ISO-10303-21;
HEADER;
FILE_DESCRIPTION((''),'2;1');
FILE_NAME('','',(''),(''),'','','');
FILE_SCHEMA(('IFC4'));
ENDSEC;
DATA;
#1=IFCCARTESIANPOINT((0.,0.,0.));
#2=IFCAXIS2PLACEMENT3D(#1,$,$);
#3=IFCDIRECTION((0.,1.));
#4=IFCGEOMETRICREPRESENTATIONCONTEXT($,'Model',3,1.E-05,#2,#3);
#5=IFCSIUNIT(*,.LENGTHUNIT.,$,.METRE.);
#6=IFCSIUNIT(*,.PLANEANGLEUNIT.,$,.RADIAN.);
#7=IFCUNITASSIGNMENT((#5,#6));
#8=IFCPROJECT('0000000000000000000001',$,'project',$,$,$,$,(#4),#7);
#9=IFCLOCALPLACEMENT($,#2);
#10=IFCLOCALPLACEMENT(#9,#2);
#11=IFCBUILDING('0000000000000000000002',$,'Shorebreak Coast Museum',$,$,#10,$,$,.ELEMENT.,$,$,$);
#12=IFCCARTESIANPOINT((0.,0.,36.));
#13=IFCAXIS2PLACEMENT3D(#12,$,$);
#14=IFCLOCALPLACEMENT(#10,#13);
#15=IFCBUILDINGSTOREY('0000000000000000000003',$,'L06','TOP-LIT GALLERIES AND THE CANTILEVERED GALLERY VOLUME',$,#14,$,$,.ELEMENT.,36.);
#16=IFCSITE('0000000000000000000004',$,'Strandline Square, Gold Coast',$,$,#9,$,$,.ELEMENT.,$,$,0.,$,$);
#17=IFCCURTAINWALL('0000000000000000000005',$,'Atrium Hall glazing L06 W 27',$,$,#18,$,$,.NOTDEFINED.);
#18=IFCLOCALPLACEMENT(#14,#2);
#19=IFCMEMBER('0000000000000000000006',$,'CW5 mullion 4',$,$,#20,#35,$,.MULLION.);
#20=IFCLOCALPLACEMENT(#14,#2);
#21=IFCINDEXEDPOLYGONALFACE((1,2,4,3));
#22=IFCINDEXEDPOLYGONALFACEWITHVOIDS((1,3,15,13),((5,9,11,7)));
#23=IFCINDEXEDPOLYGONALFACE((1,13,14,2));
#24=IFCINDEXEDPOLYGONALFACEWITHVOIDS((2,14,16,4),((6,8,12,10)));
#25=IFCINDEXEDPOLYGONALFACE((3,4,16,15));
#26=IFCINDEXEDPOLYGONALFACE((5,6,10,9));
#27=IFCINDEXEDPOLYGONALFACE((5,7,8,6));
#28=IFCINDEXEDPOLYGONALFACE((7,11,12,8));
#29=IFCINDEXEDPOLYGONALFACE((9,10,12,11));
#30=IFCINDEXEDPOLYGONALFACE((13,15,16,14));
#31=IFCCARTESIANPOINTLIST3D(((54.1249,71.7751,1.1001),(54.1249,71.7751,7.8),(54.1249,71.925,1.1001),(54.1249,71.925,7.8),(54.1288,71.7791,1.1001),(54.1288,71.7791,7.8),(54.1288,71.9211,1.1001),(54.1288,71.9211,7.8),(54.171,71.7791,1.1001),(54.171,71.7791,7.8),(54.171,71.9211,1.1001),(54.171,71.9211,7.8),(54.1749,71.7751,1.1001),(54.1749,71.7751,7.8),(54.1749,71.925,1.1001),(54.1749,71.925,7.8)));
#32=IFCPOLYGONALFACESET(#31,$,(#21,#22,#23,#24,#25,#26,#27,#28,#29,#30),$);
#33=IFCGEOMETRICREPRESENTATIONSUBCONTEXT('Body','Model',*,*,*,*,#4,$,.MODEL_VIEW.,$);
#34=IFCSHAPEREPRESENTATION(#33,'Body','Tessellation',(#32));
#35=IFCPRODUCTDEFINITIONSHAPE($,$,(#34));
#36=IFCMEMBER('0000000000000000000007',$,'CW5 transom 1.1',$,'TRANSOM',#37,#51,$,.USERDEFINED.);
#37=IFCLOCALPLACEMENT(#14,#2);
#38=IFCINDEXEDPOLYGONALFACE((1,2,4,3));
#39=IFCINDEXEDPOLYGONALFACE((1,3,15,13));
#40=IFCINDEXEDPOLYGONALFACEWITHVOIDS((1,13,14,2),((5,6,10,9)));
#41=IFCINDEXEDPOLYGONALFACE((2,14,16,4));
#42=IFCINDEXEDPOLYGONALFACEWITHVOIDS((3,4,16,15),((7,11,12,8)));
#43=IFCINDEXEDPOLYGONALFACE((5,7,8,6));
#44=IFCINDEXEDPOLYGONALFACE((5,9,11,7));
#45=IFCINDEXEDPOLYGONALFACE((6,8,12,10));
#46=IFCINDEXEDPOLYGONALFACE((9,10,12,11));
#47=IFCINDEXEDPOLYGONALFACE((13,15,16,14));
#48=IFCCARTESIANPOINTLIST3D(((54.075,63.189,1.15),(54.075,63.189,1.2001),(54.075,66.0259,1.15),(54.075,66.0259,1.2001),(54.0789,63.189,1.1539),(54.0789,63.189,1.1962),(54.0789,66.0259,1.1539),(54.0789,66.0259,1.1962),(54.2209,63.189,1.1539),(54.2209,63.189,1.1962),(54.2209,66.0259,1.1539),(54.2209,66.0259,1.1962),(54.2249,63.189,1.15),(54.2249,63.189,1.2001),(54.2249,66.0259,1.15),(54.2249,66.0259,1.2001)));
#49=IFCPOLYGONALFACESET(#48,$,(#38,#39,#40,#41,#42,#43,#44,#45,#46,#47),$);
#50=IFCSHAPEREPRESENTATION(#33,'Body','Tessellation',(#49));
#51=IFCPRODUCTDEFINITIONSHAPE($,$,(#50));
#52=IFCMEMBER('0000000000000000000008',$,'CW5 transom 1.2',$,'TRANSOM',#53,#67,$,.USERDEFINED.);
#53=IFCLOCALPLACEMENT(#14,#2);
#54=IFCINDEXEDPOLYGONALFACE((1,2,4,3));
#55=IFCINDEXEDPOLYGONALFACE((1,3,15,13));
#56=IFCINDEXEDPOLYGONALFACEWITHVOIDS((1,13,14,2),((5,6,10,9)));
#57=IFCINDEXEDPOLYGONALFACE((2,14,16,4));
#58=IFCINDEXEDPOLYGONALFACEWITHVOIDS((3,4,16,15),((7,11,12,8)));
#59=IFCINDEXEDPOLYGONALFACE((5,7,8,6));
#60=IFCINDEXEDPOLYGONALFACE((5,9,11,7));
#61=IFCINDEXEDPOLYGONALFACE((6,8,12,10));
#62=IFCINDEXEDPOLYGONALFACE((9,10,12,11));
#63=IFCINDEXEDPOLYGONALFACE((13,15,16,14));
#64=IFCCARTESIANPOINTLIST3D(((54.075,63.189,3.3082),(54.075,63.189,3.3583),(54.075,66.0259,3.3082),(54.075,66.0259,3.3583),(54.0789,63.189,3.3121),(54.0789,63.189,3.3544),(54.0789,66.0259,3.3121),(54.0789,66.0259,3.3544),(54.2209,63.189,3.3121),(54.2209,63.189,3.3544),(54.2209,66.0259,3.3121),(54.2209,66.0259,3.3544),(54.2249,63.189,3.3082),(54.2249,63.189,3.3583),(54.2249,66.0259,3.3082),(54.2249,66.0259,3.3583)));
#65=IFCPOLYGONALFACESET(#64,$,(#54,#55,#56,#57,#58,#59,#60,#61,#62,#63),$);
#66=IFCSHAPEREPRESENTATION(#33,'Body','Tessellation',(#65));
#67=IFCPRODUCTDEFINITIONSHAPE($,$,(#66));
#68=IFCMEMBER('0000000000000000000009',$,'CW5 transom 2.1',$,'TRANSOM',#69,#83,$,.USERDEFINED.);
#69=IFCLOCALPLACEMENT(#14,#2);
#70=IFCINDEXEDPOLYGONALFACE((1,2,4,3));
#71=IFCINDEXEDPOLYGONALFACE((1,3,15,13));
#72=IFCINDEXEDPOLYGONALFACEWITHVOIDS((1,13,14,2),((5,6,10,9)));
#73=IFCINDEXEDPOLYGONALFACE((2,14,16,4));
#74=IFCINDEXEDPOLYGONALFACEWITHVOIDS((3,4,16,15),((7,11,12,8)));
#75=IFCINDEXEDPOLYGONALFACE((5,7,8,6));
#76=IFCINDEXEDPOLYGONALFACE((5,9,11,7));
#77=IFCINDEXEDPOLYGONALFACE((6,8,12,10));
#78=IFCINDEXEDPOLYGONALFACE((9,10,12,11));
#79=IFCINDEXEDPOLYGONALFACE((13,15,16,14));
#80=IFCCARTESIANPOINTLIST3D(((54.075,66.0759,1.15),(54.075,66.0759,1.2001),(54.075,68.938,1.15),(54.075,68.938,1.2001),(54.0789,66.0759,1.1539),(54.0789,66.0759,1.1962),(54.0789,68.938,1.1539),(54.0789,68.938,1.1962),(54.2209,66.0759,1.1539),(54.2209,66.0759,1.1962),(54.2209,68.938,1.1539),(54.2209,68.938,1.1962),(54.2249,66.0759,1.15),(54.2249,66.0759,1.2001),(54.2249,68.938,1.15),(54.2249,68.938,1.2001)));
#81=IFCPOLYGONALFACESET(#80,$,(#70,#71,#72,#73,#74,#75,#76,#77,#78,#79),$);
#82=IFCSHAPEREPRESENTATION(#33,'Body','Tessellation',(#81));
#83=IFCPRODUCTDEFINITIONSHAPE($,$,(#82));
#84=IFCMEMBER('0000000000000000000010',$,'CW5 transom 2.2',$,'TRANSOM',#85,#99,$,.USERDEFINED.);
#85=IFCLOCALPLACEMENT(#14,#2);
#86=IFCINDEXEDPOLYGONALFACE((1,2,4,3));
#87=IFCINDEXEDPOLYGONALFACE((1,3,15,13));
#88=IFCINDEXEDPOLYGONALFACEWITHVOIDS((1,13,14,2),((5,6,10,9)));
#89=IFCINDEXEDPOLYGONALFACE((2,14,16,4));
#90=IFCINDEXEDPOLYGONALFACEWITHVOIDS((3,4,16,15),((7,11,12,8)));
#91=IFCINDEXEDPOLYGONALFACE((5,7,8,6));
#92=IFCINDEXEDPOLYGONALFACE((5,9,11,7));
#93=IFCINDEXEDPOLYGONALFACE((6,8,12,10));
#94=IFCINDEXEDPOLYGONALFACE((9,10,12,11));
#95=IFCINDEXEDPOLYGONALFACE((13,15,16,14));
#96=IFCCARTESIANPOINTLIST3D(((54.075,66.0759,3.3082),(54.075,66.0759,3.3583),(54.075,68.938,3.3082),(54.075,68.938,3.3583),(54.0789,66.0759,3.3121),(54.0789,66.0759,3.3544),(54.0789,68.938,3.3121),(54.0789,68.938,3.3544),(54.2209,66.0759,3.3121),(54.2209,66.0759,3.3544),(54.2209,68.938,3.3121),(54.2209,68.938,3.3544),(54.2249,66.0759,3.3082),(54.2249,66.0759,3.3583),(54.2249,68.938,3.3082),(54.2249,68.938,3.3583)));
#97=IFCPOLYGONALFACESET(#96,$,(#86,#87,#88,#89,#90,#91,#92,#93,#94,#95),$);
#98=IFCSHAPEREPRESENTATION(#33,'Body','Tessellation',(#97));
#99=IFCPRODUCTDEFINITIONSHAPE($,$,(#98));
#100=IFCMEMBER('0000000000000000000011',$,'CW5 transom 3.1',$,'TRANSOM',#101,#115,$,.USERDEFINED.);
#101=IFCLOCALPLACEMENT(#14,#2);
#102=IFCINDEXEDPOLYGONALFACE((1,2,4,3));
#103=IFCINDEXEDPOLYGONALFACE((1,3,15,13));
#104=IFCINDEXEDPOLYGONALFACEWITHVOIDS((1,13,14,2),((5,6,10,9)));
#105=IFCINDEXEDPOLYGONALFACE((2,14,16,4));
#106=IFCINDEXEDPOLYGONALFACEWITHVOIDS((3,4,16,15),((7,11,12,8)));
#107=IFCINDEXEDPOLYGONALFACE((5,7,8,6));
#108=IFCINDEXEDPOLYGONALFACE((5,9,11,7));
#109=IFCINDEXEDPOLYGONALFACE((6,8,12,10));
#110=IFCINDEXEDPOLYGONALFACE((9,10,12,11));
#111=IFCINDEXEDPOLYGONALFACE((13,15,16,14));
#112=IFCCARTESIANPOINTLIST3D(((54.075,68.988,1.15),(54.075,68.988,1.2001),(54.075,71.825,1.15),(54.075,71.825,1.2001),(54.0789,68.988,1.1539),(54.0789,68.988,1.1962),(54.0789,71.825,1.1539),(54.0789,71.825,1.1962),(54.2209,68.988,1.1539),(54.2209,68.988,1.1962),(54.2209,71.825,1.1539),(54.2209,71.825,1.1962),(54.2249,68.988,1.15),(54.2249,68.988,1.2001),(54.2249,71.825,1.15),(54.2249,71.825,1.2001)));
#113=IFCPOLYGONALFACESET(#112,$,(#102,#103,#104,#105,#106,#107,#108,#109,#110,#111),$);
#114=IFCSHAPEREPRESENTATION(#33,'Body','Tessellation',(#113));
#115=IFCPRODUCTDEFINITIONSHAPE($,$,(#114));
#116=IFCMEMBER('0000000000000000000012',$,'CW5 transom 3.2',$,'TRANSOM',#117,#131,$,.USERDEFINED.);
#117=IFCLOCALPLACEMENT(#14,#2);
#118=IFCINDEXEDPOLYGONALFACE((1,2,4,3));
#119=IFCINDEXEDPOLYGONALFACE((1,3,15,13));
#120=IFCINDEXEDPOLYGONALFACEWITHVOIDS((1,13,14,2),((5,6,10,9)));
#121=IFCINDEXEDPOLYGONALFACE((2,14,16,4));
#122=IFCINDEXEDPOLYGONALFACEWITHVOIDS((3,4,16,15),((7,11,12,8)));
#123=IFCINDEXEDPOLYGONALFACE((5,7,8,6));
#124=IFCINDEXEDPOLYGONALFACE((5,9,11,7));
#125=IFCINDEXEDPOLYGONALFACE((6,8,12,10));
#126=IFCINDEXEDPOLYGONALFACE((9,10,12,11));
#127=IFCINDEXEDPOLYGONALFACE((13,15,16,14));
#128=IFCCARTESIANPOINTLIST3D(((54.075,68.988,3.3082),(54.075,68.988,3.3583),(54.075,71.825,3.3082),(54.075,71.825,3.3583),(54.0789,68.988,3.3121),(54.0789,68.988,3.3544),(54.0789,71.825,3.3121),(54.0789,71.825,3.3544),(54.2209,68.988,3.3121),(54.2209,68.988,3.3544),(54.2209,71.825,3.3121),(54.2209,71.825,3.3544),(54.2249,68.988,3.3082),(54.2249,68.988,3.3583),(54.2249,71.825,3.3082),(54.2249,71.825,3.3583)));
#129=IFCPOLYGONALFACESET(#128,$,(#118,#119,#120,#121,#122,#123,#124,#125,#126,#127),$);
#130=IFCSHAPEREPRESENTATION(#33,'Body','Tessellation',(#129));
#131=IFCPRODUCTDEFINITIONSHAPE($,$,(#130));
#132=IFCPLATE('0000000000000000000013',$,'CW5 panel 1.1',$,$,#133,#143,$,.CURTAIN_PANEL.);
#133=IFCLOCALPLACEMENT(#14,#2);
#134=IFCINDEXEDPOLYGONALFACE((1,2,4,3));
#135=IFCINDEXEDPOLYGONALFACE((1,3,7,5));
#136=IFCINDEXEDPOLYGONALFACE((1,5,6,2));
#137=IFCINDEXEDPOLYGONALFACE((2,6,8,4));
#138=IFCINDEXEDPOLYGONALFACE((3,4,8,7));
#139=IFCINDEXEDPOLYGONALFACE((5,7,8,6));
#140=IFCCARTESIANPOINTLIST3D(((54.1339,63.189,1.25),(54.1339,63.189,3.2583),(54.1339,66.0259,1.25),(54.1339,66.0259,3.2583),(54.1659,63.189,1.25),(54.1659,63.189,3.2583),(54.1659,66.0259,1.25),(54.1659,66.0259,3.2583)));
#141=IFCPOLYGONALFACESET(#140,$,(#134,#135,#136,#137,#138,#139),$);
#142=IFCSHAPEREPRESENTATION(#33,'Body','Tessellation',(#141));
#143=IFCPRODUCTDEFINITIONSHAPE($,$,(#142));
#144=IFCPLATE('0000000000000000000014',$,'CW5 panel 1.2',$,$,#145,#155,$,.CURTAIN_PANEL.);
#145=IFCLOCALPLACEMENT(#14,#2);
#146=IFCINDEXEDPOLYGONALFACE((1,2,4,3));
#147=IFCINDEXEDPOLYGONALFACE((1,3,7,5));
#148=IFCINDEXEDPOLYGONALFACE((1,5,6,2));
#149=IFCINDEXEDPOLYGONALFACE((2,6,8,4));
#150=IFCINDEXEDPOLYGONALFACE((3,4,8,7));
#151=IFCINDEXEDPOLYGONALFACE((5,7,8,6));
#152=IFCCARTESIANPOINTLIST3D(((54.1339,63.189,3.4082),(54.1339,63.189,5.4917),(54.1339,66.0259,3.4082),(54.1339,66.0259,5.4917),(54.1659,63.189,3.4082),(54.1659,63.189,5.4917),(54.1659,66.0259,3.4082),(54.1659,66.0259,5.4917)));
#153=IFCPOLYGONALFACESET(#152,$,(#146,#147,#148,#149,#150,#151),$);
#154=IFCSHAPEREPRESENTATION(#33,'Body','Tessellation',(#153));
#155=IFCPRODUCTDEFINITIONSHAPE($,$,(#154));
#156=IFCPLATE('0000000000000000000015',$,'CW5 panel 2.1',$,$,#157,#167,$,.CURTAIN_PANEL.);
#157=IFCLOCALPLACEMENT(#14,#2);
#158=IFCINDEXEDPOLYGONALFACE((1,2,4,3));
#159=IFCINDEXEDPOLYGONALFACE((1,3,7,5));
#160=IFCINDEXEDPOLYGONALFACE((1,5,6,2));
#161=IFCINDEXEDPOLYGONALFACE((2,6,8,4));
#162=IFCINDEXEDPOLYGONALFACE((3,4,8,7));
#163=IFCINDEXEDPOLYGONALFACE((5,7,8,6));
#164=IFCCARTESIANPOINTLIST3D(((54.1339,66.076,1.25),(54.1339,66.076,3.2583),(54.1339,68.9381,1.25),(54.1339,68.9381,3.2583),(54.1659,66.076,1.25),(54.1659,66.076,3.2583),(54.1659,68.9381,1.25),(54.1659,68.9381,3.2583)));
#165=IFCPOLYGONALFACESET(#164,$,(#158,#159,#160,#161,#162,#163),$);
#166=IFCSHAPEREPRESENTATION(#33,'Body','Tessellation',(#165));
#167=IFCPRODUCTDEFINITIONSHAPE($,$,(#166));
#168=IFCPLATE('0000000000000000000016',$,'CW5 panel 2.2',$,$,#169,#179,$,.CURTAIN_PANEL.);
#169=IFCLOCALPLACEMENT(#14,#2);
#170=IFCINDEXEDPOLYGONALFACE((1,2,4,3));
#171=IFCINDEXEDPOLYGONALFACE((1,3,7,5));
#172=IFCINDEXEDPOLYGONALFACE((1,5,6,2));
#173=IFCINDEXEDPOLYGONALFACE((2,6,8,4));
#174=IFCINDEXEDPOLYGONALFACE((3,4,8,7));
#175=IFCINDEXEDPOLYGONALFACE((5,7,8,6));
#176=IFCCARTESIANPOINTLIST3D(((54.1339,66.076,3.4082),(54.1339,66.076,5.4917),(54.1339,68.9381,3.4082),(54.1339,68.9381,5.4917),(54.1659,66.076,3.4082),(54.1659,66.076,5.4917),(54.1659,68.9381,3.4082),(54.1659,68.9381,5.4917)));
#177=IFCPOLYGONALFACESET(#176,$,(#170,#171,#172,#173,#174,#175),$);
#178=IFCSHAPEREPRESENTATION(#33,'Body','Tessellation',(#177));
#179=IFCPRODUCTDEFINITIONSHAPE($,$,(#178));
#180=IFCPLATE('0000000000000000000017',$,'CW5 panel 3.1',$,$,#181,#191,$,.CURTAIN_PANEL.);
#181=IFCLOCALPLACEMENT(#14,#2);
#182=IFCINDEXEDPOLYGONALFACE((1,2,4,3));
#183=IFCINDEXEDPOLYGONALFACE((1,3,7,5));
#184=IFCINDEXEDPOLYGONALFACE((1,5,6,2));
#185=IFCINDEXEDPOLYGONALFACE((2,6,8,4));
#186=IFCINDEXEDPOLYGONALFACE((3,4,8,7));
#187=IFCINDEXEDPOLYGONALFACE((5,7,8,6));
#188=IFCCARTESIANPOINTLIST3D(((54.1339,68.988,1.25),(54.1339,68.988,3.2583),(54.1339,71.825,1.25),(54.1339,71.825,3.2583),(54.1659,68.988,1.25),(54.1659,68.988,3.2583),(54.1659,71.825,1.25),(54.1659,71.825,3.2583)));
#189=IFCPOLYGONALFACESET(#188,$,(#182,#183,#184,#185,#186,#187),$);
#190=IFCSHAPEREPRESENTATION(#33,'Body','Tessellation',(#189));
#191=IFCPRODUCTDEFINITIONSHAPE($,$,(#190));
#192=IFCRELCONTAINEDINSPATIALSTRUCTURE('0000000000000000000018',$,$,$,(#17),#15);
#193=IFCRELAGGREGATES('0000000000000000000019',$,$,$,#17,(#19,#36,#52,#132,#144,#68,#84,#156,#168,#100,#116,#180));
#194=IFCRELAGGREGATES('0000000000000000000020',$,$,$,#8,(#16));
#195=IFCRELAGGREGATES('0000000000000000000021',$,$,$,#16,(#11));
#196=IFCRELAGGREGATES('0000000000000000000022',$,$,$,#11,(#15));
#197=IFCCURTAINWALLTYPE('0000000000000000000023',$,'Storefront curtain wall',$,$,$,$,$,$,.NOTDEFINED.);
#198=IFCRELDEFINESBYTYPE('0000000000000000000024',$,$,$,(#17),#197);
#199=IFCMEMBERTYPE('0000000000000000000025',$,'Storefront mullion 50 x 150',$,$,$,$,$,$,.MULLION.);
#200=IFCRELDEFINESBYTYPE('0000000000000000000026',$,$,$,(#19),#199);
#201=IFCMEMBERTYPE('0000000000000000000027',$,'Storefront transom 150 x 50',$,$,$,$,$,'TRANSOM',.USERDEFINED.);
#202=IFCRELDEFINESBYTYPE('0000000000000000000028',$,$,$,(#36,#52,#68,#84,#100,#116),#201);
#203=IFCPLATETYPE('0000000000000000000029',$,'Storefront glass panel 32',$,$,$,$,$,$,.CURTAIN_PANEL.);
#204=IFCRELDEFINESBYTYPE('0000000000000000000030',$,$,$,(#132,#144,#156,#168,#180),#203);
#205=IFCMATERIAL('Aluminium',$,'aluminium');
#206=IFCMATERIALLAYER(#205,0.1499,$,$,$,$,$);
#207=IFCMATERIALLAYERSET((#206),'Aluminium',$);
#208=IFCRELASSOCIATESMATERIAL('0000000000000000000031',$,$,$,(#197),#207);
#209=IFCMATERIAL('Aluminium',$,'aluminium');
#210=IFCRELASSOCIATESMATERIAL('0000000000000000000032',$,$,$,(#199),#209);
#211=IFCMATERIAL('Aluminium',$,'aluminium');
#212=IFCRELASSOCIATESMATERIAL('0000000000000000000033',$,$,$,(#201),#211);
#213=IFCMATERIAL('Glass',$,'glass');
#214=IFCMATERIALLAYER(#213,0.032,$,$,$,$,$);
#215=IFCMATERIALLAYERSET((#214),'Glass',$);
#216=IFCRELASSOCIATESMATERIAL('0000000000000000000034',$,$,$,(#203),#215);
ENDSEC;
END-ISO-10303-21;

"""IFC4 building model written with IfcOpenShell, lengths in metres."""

from ifc_helpers import new_model, si_unit, direction, frame, origin, origin_2d, place, context, subcontext, project, spatial, rectangle, hollow_rectangle, extrude, material, layer, layer_set, material_profile, profile_set, type_object, element, aggregate, save


model = new_model("IFC4")

# Units and contexts
model_context = context("Model", 3, precision=1e-05, world=origin(), true_north=direction((0.0, 1.0)))
body_context = subcontext(model_context, "Body", "Model", "MODEL_VIEW")
ifc_project = project(units=[si_unit("LENGTHUNIT", "METRE"), si_unit("PLANEANGLEUNIT", "RADIAN")], contexts=[model_context])

# Site, building, storey
site_placement = place(None, origin())
site = spatial("IfcSite", under=ifc_project, at=site_placement, Name="Strandline Square, Gold Coast", CompositionType="ELEMENT", RefElevation=0.0)
building_placement = place(site_placement, origin())
building = spatial("IfcBuilding", under=site, at=building_placement, Name="Shorebreak Coast Museum", CompositionType="ELEMENT")
storey_placement = place(building_placement, frame((0.0, 0.0, 36.0)))
storey = spatial("IfcBuildingStorey", under=building, at=storey_placement, Name="L06", Description="TOP-LIT GALLERIES AND THE CANTILEVERED GALLERY VOLUME", CompositionType="ELEMENT", Elevation=36.0)

# Curtain wall, members, plates
ifc_material_1 = material(Name="Aluminium", Category="aluminium")
ifc_layer_1 = layer(ifc_material_1, 0.1499)
ifc_layer_set_1 = layer_set([ifc_layer_1], Name="Aluminium")
curtain_wall_type = type_object("IfcCurtainWallType", Name="Storefront curtain wall", PredefinedType="NOTDEFINED", material=ifc_layer_set_1)
curtain_wall_placement = place(storey_placement, origin())
curtain_wall = element("IfcCurtainWall", 1, at=curtain_wall_placement, inside=storey, type_object=curtain_wall_type, Name="Atrium Hall glazing L06 W 27", PredefinedType="NOTDEFINED")
ifc_material_2 = material(Name="Aluminium", Category="aluminium")
ifc_material_profile_1 = material_profile(ifc_material_2, hollow_rectangle(XDim=0.05, YDim=0.1499, WallThickness=0.0039, at=origin_2d()), Name="AL 150x50 RHS")
ifc_profile_set_1 = profile_set([ifc_material_profile_1], Name="Aluminium")
member_type_1 = type_object("IfcMemberType", Name="Storefront mullion 50 x 150", PredefinedType="MULLION", material=ifc_profile_set_1)
member_1_placement = place(storey_placement, frame((54.1499, 71.8501, 1.1001), z_axis=(0.0, 0.0, 1.0), x_axis=(-1.0, 0.0, 0.0)))
member_1 = element("IfcMember", 2, at=member_1_placement, type_object=member_type_1, Name="CW5 mullion 4", PredefinedType="MULLION", context=body_context, shape_type="SweptSolid", body=[
    extrude(hollow_rectangle(XDim=0.05, YDim=0.1499, WallThickness=0.0039, at=origin_2d()), origin(), (0.0, 0.0, 1.0), 6.7),
])
ifc_material_3 = material(Name="Aluminium", Category="aluminium")
ifc_material_profile_2 = material_profile(ifc_material_3, hollow_rectangle(XDim=0.1499, YDim=0.05, WallThickness=0.0039, at=origin_2d()), Name="AL 50x150 RHS")
ifc_profile_set_2 = profile_set([ifc_material_profile_2], Name="Aluminium")
member_type_2 = type_object("IfcMemberType", Name="Storefront transom 150 x 50", ElementType="TRANSOM", PredefinedType="USERDEFINED", material=ifc_profile_set_2)
member_2_placement = place(storey_placement, frame((54.1499, 63.189, 1.175), z_axis=(0.0, 1.0, 0.0), x_axis=(-1.0, 0.0, 0.0)))
member_2 = element("IfcMember", 3, at=member_2_placement, type_object=member_type_2, Name="CW5 transom 1.1", ObjectType="TRANSOM", PredefinedType="USERDEFINED", context=body_context, shape_type="SweptSolid", body=[
    extrude(hollow_rectangle(XDim=0.1499, YDim=0.05, WallThickness=0.0039, at=origin_2d()), origin(), (0.0, 0.0, 1.0), 2.8369),
])
member_3_placement = place(storey_placement, frame((54.1499, 63.189, 3.3333), z_axis=(0.0, 1.0, 0.0), x_axis=(-1.0, 0.0, 0.0)))
member_3 = element("IfcMember", 4, at=member_3_placement, type_object=member_type_2, Name="CW5 transom 1.2", ObjectType="TRANSOM", PredefinedType="USERDEFINED", context=body_context, shape_type="SweptSolid", body=[
    extrude(hollow_rectangle(XDim=0.1499, YDim=0.05, WallThickness=0.0039, at=origin_2d()), origin(), (0.0, 0.0, 1.0), 2.8369),
])
member_4_placement = place(storey_placement, frame((54.1499, 66.0759, 1.175), z_axis=(0.0, 1.0, 0.0), x_axis=(-1.0, 0.0, 0.0)))
member_4 = element("IfcMember", 5, at=member_4_placement, type_object=member_type_2, Name="CW5 transom 2.1", ObjectType="TRANSOM", PredefinedType="USERDEFINED", context=body_context, shape_type="SweptSolid", body=[
    extrude(hollow_rectangle(XDim=0.1499, YDim=0.05, WallThickness=0.0039, at=origin_2d()), origin(), (0.0, 0.0, 1.0), 2.8621),
])
member_5_placement = place(storey_placement, frame((54.1499, 66.0759, 3.3333), z_axis=(0.0, 1.0, 0.0), x_axis=(-1.0, 0.0, 0.0)))
member_5 = element("IfcMember", 6, at=member_5_placement, type_object=member_type_2, Name="CW5 transom 2.2", ObjectType="TRANSOM", PredefinedType="USERDEFINED", context=body_context, shape_type="SweptSolid", body=[
    extrude(hollow_rectangle(XDim=0.1499, YDim=0.05, WallThickness=0.0039, at=origin_2d()), origin(), (0.0, 0.0, 1.0), 2.8621),
])
member_6_placement = place(storey_placement, frame((54.1499, 68.988, 1.175), z_axis=(0.0, 1.0, 0.0), x_axis=(-1.0, 0.0, 0.0)))
member_6 = element("IfcMember", 7, at=member_6_placement, type_object=member_type_2, Name="CW5 transom 3.1", ObjectType="TRANSOM", PredefinedType="USERDEFINED", context=body_context, shape_type="SweptSolid", body=[
    extrude(hollow_rectangle(XDim=0.1499, YDim=0.05, WallThickness=0.0039, at=origin_2d()), origin(), (0.0, 0.0, 1.0), 2.8369),
])
member_7_placement = place(storey_placement, frame((54.1499, 68.988, 3.3333), z_axis=(0.0, 1.0, 0.0), x_axis=(-1.0, 0.0, 0.0)))
member_7 = element("IfcMember", 8, at=member_7_placement, type_object=member_type_2, Name="CW5 transom 3.2", ObjectType="TRANSOM", PredefinedType="USERDEFINED", context=body_context, shape_type="SweptSolid", body=[
    extrude(hollow_rectangle(XDim=0.1499, YDim=0.05, WallThickness=0.0039, at=origin_2d()), origin(), (0.0, 0.0, 1.0), 2.8369),
])
ifc_material_4 = material(Name="Glass", Category="glass")
ifc_layer_2 = layer(ifc_material_4, 0.032)
ifc_layer_set_2 = layer_set([ifc_layer_2], Name="Glass")
plate_type = type_object("IfcPlateType", Name="Storefront glass panel 32", PredefinedType="CURTAIN_PANEL", material=ifc_layer_set_2)
plate_1_placement = place(storey_placement, frame((54.1499, 64.6074, 1.25), z_axis=(0.0, 0.0, 1.0), x_axis=(0.0, 1.0, 0.0)))
plate_1 = element("IfcPlate", 9, at=plate_1_placement, type_object=plate_type, Name="CW5 panel 1.1", PredefinedType="CURTAIN_PANEL", context=body_context, shape_type="SweptSolid", body=[
    extrude(rectangle(XDim=2.8369, YDim=0.032, at=origin_2d()), origin(), (0.0, 0.0, 1.0), 2.0083),
])
plate_2_placement = place(storey_placement, frame((54.1499, 64.6074, 3.4082), z_axis=(0.0, 0.0, 1.0), x_axis=(0.0, 1.0, 0.0)))
plate_2 = element("IfcPlate", 10, at=plate_2_placement, type_object=plate_type, Name="CW5 panel 1.2", PredefinedType="CURTAIN_PANEL", context=body_context, shape_type="SweptSolid", body=[
    extrude(rectangle(XDim=2.8369, YDim=0.032, at=origin_2d()), origin(), (0.0, 0.0, 1.0), 2.0835),
])
plate_3_placement = place(storey_placement, frame((54.1499, 67.5071, 1.25), z_axis=(0.0, 0.0, 1.0), x_axis=(0.0, 1.0, 0.0)))
plate_3 = element("IfcPlate", 11, at=plate_3_placement, type_object=plate_type, Name="CW5 panel 2.1", PredefinedType="CURTAIN_PANEL", context=body_context, shape_type="SweptSolid", body=[
    extrude(rectangle(XDim=2.8621, YDim=0.032, at=origin_2d()), origin(), (0.0, 0.0, 1.0), 2.0083),
])
plate_4_placement = place(storey_placement, frame((54.1499, 67.5071, 3.4082), z_axis=(0.0, 0.0, 1.0), x_axis=(0.0, 1.0, 0.0)))
plate_4 = element("IfcPlate", 12, at=plate_4_placement, type_object=plate_type, Name="CW5 panel 2.2", PredefinedType="CURTAIN_PANEL", context=body_context, shape_type="SweptSolid", body=[
    extrude(rectangle(XDim=2.8621, YDim=0.032, at=origin_2d()), origin(), (0.0, 0.0, 1.0), 2.0835),
])
plate_5_placement = place(storey_placement, frame((54.1499, 70.4065, 1.25), z_axis=(0.0, 0.0, 1.0), x_axis=(0.0, 1.0, 0.0)))
plate_5 = element("IfcPlate", 13, at=plate_5_placement, type_object=plate_type, Name="CW5 panel 3.1", PredefinedType="CURTAIN_PANEL", context=body_context, shape_type="SweptSolid", body=[
    extrude(rectangle(XDim=2.8369, YDim=0.032, at=origin_2d()), origin(), (0.0, 0.0, 1.0), 2.0083),
])
aggregate(curtain_wall, [member_1, member_2, member_3, plate_1, plate_2, member_4, member_5, plate_3, plate_4, member_6, member_7, plate_5])

save(model, "model.ifc")
